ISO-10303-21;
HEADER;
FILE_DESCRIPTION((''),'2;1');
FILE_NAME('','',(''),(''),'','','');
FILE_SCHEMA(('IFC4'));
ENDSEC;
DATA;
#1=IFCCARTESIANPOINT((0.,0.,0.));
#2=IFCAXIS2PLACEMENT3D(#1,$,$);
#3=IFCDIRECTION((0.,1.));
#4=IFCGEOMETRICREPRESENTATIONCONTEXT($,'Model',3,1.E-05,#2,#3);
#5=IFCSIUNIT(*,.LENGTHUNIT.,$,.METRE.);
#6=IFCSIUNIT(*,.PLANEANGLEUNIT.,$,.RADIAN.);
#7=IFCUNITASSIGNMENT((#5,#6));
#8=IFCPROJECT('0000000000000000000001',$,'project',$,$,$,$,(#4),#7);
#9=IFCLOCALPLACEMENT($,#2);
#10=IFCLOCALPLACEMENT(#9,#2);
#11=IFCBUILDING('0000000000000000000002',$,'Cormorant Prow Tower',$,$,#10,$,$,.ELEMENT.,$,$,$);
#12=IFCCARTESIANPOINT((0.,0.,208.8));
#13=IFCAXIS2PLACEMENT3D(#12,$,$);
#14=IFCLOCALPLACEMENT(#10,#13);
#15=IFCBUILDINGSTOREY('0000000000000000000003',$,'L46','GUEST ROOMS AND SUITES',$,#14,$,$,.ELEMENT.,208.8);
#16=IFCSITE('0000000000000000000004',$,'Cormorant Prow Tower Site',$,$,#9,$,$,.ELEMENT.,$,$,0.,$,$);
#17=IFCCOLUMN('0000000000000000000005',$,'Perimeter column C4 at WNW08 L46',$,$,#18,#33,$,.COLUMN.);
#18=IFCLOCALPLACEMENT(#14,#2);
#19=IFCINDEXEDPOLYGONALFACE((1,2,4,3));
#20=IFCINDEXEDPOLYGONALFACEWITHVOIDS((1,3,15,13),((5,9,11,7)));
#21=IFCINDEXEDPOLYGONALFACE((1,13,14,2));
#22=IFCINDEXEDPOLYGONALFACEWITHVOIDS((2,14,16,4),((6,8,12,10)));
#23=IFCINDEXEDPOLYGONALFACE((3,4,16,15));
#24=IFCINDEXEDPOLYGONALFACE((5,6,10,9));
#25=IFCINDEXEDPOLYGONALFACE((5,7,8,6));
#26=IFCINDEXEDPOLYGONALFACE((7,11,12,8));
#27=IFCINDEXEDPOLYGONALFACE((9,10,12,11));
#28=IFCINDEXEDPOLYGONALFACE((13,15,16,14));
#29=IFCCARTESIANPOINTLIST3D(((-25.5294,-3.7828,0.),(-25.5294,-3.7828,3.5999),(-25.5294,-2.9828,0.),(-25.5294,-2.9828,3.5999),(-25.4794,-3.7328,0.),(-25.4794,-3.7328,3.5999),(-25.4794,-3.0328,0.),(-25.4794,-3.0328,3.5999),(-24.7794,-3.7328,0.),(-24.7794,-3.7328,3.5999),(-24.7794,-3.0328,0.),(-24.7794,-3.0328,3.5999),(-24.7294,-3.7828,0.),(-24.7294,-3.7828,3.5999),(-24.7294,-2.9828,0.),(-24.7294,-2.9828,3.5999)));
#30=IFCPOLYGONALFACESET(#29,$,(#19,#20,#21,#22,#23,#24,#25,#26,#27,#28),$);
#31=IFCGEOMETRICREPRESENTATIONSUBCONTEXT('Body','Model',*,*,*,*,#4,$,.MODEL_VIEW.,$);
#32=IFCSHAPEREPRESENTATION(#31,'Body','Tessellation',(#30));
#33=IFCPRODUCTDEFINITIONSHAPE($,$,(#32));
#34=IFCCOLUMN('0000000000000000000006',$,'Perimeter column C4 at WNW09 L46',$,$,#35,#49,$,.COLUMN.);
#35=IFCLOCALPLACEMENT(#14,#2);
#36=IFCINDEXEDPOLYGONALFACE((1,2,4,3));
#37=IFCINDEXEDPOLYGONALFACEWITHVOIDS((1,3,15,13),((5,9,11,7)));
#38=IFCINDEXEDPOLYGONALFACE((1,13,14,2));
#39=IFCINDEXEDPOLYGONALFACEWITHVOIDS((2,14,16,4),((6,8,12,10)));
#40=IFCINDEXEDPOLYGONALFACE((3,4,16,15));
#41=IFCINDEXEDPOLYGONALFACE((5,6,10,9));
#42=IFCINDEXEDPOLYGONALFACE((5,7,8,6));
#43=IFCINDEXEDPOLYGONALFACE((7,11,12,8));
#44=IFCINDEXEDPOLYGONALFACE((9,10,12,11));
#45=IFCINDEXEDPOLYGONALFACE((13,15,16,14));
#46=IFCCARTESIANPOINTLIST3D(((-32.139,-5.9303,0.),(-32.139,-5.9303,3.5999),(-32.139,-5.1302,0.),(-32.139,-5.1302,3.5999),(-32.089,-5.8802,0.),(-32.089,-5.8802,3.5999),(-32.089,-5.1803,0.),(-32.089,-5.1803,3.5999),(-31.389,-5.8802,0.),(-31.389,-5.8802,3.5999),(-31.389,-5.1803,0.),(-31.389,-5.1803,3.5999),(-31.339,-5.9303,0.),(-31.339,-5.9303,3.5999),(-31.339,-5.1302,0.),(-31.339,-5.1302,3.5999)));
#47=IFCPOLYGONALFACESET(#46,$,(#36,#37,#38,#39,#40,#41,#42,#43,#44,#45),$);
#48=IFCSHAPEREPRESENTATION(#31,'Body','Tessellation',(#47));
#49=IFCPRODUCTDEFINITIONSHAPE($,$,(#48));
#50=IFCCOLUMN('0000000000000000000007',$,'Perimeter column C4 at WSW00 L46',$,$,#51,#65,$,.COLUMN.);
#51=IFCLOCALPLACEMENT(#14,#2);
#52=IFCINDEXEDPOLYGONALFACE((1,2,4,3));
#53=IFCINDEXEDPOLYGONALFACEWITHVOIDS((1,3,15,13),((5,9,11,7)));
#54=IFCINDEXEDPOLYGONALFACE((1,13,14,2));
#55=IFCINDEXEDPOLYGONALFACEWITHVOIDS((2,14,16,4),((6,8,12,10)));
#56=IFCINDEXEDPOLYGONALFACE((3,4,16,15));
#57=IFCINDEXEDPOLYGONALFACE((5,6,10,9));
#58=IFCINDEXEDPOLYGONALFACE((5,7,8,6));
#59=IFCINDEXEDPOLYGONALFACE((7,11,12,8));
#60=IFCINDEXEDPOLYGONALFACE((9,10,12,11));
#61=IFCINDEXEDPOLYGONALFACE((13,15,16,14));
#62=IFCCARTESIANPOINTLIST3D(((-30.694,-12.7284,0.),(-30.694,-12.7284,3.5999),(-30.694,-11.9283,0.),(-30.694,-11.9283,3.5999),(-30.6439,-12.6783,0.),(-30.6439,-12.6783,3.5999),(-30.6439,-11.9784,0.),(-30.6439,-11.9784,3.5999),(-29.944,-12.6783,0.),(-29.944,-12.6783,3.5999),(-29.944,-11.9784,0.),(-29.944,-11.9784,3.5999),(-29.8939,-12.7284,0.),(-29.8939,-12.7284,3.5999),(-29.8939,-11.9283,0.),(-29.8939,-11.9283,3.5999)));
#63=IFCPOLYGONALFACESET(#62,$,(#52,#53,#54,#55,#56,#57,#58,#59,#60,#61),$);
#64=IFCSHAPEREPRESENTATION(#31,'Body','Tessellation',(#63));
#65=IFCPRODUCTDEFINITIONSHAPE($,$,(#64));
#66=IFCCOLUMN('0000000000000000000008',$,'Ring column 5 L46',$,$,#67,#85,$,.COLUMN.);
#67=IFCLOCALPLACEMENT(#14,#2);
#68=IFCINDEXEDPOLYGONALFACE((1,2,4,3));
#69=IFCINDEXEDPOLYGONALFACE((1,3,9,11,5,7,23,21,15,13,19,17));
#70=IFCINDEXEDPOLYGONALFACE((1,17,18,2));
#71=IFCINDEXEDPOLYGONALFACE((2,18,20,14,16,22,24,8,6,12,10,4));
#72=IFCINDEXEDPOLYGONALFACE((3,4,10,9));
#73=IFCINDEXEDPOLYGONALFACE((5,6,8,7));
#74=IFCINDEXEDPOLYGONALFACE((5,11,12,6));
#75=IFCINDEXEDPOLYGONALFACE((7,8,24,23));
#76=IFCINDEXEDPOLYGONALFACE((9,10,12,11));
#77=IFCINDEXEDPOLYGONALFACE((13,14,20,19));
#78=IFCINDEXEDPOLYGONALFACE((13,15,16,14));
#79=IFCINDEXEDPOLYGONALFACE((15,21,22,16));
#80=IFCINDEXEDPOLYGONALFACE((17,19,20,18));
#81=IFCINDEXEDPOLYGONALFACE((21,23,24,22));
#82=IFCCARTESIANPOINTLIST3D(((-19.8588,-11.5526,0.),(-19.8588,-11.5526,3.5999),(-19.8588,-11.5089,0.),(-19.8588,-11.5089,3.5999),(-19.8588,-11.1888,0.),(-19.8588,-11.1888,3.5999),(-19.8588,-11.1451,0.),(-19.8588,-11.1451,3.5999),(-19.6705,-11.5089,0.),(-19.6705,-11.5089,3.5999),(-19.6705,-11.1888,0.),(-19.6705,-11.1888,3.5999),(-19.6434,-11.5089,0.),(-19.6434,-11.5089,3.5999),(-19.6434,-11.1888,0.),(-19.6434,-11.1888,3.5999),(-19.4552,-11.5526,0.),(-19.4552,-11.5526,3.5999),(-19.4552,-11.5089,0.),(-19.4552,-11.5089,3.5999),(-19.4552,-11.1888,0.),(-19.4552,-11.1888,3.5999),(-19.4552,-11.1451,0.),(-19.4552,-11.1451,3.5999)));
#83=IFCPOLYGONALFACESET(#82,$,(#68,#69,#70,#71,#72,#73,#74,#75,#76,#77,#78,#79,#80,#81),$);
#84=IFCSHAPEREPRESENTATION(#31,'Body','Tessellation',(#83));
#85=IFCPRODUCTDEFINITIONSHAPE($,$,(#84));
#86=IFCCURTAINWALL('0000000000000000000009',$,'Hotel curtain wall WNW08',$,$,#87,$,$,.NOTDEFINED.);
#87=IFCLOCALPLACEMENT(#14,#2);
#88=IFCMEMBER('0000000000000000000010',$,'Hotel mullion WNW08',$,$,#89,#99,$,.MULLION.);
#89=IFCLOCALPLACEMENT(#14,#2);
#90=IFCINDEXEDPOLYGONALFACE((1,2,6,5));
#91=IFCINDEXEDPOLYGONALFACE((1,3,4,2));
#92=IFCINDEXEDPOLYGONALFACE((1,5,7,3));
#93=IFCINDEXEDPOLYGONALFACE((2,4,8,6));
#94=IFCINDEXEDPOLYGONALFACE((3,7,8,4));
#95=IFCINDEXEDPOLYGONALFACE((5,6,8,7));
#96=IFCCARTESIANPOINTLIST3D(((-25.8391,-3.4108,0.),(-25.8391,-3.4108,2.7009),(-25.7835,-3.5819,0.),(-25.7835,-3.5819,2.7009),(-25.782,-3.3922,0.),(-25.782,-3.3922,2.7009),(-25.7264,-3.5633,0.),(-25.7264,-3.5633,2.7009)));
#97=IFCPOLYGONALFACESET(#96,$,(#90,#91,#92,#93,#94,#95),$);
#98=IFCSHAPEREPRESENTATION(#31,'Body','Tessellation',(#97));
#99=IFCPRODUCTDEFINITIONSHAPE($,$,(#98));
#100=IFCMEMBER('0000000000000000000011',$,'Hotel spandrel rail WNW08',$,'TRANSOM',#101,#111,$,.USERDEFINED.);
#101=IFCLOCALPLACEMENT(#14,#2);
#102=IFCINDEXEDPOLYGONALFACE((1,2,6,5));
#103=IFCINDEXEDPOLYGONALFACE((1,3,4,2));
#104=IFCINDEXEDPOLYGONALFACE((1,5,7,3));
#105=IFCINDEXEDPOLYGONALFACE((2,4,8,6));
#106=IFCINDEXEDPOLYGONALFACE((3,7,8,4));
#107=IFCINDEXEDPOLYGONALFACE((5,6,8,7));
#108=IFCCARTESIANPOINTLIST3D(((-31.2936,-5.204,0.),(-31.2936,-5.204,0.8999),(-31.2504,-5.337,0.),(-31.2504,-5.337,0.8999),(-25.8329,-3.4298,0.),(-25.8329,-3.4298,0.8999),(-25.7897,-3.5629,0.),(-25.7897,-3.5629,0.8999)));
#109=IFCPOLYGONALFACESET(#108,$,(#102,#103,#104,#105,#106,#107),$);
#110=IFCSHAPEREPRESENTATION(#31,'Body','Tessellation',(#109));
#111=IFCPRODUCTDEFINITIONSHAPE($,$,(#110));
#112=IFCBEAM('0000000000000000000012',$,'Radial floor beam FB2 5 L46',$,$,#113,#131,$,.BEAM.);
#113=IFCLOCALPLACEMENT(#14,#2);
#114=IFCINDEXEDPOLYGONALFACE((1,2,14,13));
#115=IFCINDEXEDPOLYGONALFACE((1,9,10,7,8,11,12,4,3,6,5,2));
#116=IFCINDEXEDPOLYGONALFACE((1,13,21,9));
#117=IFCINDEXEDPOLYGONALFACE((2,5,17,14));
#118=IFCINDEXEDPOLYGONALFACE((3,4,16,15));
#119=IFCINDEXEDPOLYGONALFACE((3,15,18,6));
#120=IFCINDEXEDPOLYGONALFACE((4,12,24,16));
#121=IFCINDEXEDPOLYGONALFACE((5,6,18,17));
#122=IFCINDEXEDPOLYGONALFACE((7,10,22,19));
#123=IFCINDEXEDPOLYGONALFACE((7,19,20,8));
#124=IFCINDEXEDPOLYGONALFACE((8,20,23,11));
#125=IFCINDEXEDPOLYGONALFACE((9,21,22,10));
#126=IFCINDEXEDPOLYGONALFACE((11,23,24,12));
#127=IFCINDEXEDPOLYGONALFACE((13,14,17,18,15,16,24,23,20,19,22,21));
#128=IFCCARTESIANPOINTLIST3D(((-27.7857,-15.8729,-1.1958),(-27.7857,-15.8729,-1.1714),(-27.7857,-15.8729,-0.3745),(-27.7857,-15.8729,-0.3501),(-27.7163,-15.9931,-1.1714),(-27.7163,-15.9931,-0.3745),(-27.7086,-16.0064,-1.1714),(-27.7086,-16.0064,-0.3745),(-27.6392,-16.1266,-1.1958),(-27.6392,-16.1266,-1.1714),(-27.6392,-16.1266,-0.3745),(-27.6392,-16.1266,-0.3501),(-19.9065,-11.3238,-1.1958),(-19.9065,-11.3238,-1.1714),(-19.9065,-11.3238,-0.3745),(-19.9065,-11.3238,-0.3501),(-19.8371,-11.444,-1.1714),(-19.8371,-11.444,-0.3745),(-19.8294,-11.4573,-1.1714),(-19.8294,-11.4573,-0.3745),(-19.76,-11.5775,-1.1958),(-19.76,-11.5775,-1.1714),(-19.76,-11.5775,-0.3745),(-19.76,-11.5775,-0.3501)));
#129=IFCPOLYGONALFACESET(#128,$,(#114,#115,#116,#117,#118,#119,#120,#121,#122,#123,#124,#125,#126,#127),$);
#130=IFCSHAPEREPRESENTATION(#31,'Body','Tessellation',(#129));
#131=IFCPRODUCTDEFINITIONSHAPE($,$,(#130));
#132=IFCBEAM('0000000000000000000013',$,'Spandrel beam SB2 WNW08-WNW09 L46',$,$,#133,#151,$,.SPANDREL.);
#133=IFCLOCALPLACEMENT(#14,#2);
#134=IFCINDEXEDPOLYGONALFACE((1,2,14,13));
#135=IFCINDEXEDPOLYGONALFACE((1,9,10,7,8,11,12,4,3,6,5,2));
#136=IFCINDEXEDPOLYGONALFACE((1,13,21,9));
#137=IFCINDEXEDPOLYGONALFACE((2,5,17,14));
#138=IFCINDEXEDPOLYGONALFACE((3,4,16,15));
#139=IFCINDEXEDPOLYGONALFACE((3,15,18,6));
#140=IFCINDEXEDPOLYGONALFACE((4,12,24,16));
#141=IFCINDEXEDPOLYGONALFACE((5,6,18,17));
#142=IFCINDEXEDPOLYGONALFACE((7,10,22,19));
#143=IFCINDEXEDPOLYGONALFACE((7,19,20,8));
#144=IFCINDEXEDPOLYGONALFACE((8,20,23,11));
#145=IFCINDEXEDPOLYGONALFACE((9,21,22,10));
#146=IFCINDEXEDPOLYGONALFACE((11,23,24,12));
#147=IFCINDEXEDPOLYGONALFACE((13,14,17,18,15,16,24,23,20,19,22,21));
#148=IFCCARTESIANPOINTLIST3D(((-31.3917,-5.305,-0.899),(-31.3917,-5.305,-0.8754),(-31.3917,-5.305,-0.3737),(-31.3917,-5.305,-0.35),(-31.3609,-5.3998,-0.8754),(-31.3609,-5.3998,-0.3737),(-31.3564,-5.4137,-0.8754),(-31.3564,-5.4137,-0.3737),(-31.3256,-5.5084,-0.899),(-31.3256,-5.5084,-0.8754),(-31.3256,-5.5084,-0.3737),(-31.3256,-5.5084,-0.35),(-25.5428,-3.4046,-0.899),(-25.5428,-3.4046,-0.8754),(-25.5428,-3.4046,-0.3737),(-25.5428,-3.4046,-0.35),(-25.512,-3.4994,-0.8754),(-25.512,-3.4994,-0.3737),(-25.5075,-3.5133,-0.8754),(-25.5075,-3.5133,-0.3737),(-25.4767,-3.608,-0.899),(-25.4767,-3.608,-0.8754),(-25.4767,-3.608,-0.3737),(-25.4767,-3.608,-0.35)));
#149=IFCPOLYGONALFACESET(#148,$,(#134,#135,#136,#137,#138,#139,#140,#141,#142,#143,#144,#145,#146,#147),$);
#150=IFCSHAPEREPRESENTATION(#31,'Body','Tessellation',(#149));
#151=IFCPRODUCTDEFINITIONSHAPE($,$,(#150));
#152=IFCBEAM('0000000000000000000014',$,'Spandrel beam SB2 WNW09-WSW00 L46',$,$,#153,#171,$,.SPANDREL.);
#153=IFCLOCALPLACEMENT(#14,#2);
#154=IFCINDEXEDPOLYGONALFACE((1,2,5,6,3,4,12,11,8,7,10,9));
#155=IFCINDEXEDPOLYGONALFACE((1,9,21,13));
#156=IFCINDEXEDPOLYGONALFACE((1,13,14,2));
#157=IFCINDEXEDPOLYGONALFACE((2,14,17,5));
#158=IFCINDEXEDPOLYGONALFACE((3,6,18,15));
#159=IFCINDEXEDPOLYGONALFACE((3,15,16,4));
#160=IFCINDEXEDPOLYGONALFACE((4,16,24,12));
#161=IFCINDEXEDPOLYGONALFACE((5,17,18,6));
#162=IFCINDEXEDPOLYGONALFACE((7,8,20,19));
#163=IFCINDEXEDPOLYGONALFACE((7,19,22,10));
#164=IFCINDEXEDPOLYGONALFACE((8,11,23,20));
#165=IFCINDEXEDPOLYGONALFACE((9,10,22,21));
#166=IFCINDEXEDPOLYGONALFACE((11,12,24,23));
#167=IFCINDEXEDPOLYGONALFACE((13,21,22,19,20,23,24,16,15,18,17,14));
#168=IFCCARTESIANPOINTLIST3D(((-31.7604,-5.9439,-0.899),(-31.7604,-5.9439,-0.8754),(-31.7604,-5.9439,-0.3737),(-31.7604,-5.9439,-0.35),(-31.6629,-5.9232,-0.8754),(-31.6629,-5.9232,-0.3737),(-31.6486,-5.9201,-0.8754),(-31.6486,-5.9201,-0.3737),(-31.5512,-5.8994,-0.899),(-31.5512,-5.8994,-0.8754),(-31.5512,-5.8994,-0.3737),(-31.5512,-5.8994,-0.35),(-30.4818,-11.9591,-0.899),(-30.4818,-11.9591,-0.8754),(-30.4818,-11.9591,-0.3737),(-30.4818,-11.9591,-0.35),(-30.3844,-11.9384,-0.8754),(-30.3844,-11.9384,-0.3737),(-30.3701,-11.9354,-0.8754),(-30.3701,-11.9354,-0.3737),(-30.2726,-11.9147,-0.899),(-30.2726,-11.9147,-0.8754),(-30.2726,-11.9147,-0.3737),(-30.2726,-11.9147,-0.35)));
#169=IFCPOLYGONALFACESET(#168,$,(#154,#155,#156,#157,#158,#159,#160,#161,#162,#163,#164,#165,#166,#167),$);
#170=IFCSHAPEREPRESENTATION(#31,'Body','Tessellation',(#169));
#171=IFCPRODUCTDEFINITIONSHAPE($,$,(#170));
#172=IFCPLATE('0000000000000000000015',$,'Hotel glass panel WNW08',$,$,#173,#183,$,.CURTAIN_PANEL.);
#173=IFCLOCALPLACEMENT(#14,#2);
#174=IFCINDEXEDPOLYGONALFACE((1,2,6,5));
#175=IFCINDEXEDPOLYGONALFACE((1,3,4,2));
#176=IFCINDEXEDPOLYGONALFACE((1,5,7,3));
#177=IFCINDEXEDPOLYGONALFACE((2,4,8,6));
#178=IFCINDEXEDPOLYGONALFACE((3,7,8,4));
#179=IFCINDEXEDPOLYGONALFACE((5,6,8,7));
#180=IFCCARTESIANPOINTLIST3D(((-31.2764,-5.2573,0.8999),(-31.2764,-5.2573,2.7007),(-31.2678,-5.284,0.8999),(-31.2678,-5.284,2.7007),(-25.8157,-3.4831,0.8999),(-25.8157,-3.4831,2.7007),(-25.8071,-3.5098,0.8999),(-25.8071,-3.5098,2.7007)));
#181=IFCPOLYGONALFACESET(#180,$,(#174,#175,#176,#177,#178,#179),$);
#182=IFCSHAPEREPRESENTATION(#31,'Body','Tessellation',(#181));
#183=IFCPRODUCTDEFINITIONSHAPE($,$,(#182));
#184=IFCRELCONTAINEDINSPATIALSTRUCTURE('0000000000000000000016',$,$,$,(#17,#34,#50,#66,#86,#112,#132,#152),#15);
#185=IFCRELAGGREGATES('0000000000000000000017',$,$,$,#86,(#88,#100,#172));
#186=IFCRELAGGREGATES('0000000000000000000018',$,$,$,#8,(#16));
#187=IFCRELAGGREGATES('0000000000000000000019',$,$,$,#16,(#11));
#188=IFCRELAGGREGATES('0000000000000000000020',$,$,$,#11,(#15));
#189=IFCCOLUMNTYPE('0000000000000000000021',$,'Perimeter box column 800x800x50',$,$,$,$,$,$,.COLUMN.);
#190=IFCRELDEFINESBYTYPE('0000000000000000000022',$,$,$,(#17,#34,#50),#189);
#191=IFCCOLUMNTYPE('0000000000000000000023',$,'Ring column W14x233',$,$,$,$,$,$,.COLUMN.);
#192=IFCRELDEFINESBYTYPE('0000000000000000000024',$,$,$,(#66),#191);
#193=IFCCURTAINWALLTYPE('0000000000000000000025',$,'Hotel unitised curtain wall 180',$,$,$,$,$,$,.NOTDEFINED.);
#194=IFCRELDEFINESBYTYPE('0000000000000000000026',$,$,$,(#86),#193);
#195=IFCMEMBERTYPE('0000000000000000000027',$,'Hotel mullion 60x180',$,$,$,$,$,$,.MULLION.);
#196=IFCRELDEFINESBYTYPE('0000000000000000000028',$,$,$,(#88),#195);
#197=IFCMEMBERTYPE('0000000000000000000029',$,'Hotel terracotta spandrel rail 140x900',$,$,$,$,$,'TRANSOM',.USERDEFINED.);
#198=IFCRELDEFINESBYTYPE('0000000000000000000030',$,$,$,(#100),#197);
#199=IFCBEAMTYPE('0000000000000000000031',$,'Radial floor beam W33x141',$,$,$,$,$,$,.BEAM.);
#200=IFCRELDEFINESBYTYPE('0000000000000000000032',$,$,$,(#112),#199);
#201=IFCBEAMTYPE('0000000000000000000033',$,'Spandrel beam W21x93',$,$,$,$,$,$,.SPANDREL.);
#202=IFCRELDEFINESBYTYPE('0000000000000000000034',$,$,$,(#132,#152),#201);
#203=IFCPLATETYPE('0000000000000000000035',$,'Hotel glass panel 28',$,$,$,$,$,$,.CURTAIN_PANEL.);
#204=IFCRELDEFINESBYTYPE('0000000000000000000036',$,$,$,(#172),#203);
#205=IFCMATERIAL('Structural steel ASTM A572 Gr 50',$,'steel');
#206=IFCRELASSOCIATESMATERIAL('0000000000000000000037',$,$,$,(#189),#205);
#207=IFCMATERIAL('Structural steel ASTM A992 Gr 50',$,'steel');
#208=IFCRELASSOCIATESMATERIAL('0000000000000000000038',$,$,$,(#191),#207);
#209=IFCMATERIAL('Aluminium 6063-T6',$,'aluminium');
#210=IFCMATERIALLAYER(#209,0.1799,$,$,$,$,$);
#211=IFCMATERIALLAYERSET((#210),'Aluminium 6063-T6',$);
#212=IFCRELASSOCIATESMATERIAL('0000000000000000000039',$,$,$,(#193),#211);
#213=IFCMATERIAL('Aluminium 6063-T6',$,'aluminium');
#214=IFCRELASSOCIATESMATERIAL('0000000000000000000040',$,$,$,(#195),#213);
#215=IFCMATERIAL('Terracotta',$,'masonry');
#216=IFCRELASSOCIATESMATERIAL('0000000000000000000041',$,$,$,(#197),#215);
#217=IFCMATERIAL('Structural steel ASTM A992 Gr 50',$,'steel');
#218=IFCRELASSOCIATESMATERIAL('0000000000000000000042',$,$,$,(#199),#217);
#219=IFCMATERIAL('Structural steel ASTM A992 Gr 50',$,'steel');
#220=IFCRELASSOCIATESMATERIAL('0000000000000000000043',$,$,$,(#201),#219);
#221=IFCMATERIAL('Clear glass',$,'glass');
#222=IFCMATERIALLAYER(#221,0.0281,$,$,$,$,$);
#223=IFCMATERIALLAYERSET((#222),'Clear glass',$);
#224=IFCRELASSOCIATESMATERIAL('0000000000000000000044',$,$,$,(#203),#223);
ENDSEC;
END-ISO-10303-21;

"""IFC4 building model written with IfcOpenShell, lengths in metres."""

from ifc_helpers import new_model, si_unit, direction, frame, origin, origin_2d, place, context, subcontext, project, spatial, rectangle, hollow_rectangle, i_section, extrude, material, layer, layer_set, material_profile, profile_set, type_object, element, aggregate, save


model = new_model("IFC4")

# Units and contexts
model_context = context("Model", 3, precision=1e-05, world=origin(), true_north=direction((0.0, 1.0)))
body_context = subcontext(model_context, "Body", "Model", "MODEL_VIEW")
ifc_project = project(units=[si_unit("LENGTHUNIT", "METRE"), si_unit("PLANEANGLEUNIT", "RADIAN")], contexts=[model_context])

# Site, building, storey
site_placement = place(None, origin())
site = spatial("IfcSite", under=ifc_project, at=site_placement, Name="Cormorant Prow Tower Site", CompositionType="ELEMENT", RefElevation=0.0)
building_placement = place(site_placement, origin())
building = spatial("IfcBuilding", under=site, at=building_placement, Name="Cormorant Prow Tower", CompositionType="ELEMENT")
storey_placement = place(building_placement, frame((0.0, 0.0, 208.8)))
storey = spatial("IfcBuildingStorey", under=building, at=storey_placement, Name="L46", Description="GUEST ROOMS AND SUITES", CompositionType="ELEMENT", Elevation=208.8)

# Columns
ifc_material_1 = material(Name="Structural steel ASTM A572 Gr 50", Category="steel")
ifc_material_profile_1 = material_profile(ifc_material_1, hollow_rectangle(XDim=0.8, YDim=0.8, WallThickness=0.05, at=origin_2d()), Name="Box 800x800x50")
ifc_profile_set_1 = profile_set([ifc_material_profile_1], Name="Structural steel ASTM A572 Gr 50")
column_type_1 = type_object("IfcColumnType", Name="Perimeter box column 800x800x50", PredefinedType="COLUMN", material=ifc_profile_set_1)
for number, where, z_axis, x_axis, name in (
    (1, (-25.1294, -3.3828, 0.0), (0.0, 0.0, 1.0), (1.0, 0.0, 0.0), "Perimeter column C4 at WNW08 L46"),
    (2, (-31.739, -5.5303, 0.0), (0.0, 0.0, 1.0), (1.0, 0.0, 0.0), "Perimeter column C4 at WNW09 L46"),
    (3, (-30.2939, -12.3284, 0.0), (0.0, 0.0, 1.0), (1.0, 0.0, 0.0), "Perimeter column C4 at WSW00 L46"),
):
    element("IfcColumn", number, at=place(storey_placement, frame(where, z_axis=z_axis, x_axis=x_axis)), inside=storey, type_object=column_type_1, Name=name, PredefinedType="COLUMN", context=body_context, shape_type="SweptSolid", body=[
        extrude(hollow_rectangle(XDim=0.8, YDim=0.8, WallThickness=0.05, at=origin_2d()), origin(), (0.0, 0.0, 1.0), 3.5999),
    ])
ifc_material_2 = material(Name="Structural steel ASTM A992 Gr 50", Category="steel")
ifc_material_profile_2 = material_profile(ifc_material_2, i_section(OverallWidth=0.4036, OverallDepth=0.4075, WebThickness=0.0271, FlangeThickness=0.0437, at=origin_2d()), Name="W14x233")
ifc_profile_set_2 = profile_set([ifc_material_profile_2], Name="Structural steel ASTM A992 Gr 50")
column_type_2 = type_object("IfcColumnType", Name="Ring column W14x233", PredefinedType="COLUMN", material=ifc_profile_set_2)
column_placement = place(storey_placement, frame((-19.657, -11.3489, 0.0), z_axis=(0.0, 0.0, 1.0), x_axis=(1.0, 0.0, 0.0)))
element("IfcColumn", 4, at=column_placement, inside=storey, type_object=column_type_2, Name="Ring column 5 L46", PredefinedType="COLUMN", context=body_context, shape_type="SweptSolid", body=[
    extrude(i_section(OverallWidth=0.4036, OverallDepth=0.4075, WebThickness=0.0271, FlangeThickness=0.0437, at=origin_2d()), origin(), (0.0, 0.0, 1.0), 3.5999),
])

# Curtain wall, members
ifc_material_3 = material(Name="Aluminium 6063-T6", Category="aluminium")
ifc_layer_1 = layer(ifc_material_3, 0.1799)
ifc_layer_set_1 = layer_set([ifc_layer_1], Name="Aluminium 6063-T6")
curtain_wall_type = type_object("IfcCurtainWallType", Name="Hotel unitised curtain wall 180", PredefinedType="NOTDEFINED", material=ifc_layer_set_1)
curtain_wall_placement = place(storey_placement, origin())
curtain_wall = element("IfcCurtainWall", 5, at=curtain_wall_placement, inside=storey, type_object=curtain_wall_type, Name="Hotel curtain wall WNW08", PredefinedType="NOTDEFINED")
ifc_material_4 = material(Name="Aluminium 6063-T6", Category="aluminium")
ifc_material_profile_3 = material_profile(ifc_material_4, rectangle(XDim=0.1799, YDim=0.0601, at=origin_2d()), Name="Hotel mullion 60x180")
ifc_profile_set_3 = profile_set([ifc_material_profile_3], Name="Aluminium 6063-T6")
member_type_1 = type_object("IfcMemberType", Name="Hotel mullion 60x180", PredefinedType="MULLION", material=ifc_profile_set_3)
member_1_placement = place(storey_placement, frame((-25.7827, -3.4871, 0.0), z_axis=(0.0, 0.0, 1.0), x_axis=(0.309017, -0.951057, 0.0)))
member_1 = element("IfcMember", 6, at=member_1_placement, type_object=member_type_1, Name="Hotel mullion WNW08", PredefinedType="MULLION", context=body_context, shape_type="SweptSolid", body=[
    extrude(rectangle(XDim=0.1799, YDim=0.0601, at=origin_2d()), origin(), (0.0, 0.0, 1.0), 2.7009),
])
ifc_material_5 = material(Name="Terracotta", Category="masonry")
ifc_material_profile_4 = material_profile(ifc_material_5, rectangle(XDim=0.1399, YDim=0.8999, at=origin_2d()), Name="Hotel terracotta spandrel rail 140x900")
ifc_profile_set_4 = profile_set([ifc_material_profile_4], Name="Terracotta")
member_type_2 = type_object("IfcMemberType", Name="Hotel terracotta spandrel rail 140x900", ElementType="TRANSOM", PredefinedType="USERDEFINED", material=ifc_profile_set_4)
member_2_placement = place(storey_placement, frame((-25.8113, -3.4963, 0.45), z_axis=(-0.951063, -0.308999, 0.0), x_axis=(0.308999, -0.951063, 0.0)))
member_2 = element("IfcMember", 7, at=member_2_placement, type_object=member_type_2, Name="Hotel spandrel rail WNW08", ObjectType="TRANSOM", PredefinedType="USERDEFINED", context=body_context, shape_type="SweptSolid", body=[
    extrude(rectangle(XDim=0.1399, YDim=0.8999, at=origin_2d()), origin(), (0.0, 0.0, 1.0), 5.7417),
])

# Beams
ifc_material_6 = material(Name="Structural steel ASTM A992 Gr 50", Category="steel")
ifc_material_profile_5 = material_profile(ifc_material_6, i_section(OverallWidth=0.293, OverallDepth=0.8457, WebThickness=0.0154, FlangeThickness=0.0244, at=origin_2d()), Name="W33x141")
ifc_profile_set_5 = profile_set([ifc_material_profile_5], Name="Structural steel ASTM A992 Gr 50")
beam_type_1 = type_object("IfcBeamType", Name="Radial floor beam W33x141", PredefinedType="BEAM", material=ifc_profile_set_5)
beam_1_placement = place(storey_placement, frame((-19.8333, -11.4507, -0.7729), z_axis=(-0.866023, -0.500004, 0.0), x_axis=(0.500004, -0.866023, 0.0)))
element("IfcBeam", 8, at=beam_1_placement, inside=storey, type_object=beam_type_1, Name="Radial floor beam FB2 5 L46", PredefinedType="BEAM", context=body_context, shape_type="SweptSolid", body=[
    extrude(i_section(OverallWidth=0.293, OverallDepth=0.8457, WebThickness=0.0154, FlangeThickness=0.0244, at=origin_2d()), origin(), (0.0, 0.0, 1.0), 9.0981),
])
ifc_material_7 = material(Name="Structural steel ASTM A992 Gr 50", Category="steel")
ifc_material_profile_6 = material_profile(ifc_material_7, i_section(OverallWidth=0.2139, OverallDepth=0.5491, WebThickness=0.0146, FlangeThickness=0.0237, at=origin_2d()), Name="W21x93")
ifc_profile_set_6 = profile_set([ifc_material_profile_6], Name="Structural steel ASTM A992 Gr 50")
beam_type_2 = type_object("IfcBeamType", Name="Spandrel beam W21x93", PredefinedType="SPANDREL", material=ifc_profile_set_6)
beam_2_placement = place(storey_placement, frame((-25.5098, -3.5063, -0.6245), z_axis=(-0.951058, -0.309013, 0.0), x_axis=(0.309013, -0.951058, 0.0)))
element("IfcBeam", 9, at=beam_2_placement, inside=storey, type_object=beam_type_2, Name="Spandrel beam SB2 WNW08-WNW09 L46", PredefinedType="SPANDREL", context=body_context, shape_type="SweptSolid", body=[
    extrude(i_section(OverallWidth=0.2139, OverallDepth=0.5491, WebThickness=0.0146, FlangeThickness=0.0237, at=origin_2d()), origin(), (0.0, 0.0, 1.0), 6.1499),
])
beam_3_placement = place(storey_placement, frame((-31.6558, -5.9216, -0.6245), z_axis=(0.207905, -0.978149, 0.0), x_axis=(0.978149, 0.207905, 0.0)))
element("IfcBeam", 10, at=beam_3_placement, inside=storey, type_object=beam_type_2, Name="Spandrel beam SB2 WNW09-WSW00 L46", PredefinedType="SPANDREL", context=body_context, shape_type="SweptSolid", body=[
    extrude(i_section(OverallWidth=0.2139, OverallDepth=0.5491, WebThickness=0.0146, FlangeThickness=0.0237, at=origin_2d()), origin(), (0.0, 0.0, 1.0), 6.1497),
])

# Plate
ifc_material_8 = material(Name="Clear glass", Category="glass")
ifc_layer_2 = layer(ifc_material_8, 0.0281)
ifc_layer_set_2 = layer_set([ifc_layer_2], Name="Clear glass")
plate_type = type_object("IfcPlateType", Name="Hotel glass panel 28", PredefinedType="CURTAIN_PANEL", material=ifc_layer_set_2)
plate_placement = place(storey_placement, frame((-28.5417, -4.3835, 0.8999), z_axis=(0.0, 0.0, 1.0), x_axis=(-0.951057, -0.309017, 0.0)))
plate = element("IfcPlate", 11, at=plate_placement, type_object=plate_type, Name="Hotel glass panel WNW08", PredefinedType="CURTAIN_PANEL", context=body_context, shape_type="SweptSolid", body=[
    extrude(rectangle(XDim=5.7417, YDim=0.0281, at=origin_2d()), origin(), (0.0, 0.0, 1.0), 1.8008),
])
aggregate(curtain_wall, [member_1, member_2, plate])

save(model, "model.ifc")
